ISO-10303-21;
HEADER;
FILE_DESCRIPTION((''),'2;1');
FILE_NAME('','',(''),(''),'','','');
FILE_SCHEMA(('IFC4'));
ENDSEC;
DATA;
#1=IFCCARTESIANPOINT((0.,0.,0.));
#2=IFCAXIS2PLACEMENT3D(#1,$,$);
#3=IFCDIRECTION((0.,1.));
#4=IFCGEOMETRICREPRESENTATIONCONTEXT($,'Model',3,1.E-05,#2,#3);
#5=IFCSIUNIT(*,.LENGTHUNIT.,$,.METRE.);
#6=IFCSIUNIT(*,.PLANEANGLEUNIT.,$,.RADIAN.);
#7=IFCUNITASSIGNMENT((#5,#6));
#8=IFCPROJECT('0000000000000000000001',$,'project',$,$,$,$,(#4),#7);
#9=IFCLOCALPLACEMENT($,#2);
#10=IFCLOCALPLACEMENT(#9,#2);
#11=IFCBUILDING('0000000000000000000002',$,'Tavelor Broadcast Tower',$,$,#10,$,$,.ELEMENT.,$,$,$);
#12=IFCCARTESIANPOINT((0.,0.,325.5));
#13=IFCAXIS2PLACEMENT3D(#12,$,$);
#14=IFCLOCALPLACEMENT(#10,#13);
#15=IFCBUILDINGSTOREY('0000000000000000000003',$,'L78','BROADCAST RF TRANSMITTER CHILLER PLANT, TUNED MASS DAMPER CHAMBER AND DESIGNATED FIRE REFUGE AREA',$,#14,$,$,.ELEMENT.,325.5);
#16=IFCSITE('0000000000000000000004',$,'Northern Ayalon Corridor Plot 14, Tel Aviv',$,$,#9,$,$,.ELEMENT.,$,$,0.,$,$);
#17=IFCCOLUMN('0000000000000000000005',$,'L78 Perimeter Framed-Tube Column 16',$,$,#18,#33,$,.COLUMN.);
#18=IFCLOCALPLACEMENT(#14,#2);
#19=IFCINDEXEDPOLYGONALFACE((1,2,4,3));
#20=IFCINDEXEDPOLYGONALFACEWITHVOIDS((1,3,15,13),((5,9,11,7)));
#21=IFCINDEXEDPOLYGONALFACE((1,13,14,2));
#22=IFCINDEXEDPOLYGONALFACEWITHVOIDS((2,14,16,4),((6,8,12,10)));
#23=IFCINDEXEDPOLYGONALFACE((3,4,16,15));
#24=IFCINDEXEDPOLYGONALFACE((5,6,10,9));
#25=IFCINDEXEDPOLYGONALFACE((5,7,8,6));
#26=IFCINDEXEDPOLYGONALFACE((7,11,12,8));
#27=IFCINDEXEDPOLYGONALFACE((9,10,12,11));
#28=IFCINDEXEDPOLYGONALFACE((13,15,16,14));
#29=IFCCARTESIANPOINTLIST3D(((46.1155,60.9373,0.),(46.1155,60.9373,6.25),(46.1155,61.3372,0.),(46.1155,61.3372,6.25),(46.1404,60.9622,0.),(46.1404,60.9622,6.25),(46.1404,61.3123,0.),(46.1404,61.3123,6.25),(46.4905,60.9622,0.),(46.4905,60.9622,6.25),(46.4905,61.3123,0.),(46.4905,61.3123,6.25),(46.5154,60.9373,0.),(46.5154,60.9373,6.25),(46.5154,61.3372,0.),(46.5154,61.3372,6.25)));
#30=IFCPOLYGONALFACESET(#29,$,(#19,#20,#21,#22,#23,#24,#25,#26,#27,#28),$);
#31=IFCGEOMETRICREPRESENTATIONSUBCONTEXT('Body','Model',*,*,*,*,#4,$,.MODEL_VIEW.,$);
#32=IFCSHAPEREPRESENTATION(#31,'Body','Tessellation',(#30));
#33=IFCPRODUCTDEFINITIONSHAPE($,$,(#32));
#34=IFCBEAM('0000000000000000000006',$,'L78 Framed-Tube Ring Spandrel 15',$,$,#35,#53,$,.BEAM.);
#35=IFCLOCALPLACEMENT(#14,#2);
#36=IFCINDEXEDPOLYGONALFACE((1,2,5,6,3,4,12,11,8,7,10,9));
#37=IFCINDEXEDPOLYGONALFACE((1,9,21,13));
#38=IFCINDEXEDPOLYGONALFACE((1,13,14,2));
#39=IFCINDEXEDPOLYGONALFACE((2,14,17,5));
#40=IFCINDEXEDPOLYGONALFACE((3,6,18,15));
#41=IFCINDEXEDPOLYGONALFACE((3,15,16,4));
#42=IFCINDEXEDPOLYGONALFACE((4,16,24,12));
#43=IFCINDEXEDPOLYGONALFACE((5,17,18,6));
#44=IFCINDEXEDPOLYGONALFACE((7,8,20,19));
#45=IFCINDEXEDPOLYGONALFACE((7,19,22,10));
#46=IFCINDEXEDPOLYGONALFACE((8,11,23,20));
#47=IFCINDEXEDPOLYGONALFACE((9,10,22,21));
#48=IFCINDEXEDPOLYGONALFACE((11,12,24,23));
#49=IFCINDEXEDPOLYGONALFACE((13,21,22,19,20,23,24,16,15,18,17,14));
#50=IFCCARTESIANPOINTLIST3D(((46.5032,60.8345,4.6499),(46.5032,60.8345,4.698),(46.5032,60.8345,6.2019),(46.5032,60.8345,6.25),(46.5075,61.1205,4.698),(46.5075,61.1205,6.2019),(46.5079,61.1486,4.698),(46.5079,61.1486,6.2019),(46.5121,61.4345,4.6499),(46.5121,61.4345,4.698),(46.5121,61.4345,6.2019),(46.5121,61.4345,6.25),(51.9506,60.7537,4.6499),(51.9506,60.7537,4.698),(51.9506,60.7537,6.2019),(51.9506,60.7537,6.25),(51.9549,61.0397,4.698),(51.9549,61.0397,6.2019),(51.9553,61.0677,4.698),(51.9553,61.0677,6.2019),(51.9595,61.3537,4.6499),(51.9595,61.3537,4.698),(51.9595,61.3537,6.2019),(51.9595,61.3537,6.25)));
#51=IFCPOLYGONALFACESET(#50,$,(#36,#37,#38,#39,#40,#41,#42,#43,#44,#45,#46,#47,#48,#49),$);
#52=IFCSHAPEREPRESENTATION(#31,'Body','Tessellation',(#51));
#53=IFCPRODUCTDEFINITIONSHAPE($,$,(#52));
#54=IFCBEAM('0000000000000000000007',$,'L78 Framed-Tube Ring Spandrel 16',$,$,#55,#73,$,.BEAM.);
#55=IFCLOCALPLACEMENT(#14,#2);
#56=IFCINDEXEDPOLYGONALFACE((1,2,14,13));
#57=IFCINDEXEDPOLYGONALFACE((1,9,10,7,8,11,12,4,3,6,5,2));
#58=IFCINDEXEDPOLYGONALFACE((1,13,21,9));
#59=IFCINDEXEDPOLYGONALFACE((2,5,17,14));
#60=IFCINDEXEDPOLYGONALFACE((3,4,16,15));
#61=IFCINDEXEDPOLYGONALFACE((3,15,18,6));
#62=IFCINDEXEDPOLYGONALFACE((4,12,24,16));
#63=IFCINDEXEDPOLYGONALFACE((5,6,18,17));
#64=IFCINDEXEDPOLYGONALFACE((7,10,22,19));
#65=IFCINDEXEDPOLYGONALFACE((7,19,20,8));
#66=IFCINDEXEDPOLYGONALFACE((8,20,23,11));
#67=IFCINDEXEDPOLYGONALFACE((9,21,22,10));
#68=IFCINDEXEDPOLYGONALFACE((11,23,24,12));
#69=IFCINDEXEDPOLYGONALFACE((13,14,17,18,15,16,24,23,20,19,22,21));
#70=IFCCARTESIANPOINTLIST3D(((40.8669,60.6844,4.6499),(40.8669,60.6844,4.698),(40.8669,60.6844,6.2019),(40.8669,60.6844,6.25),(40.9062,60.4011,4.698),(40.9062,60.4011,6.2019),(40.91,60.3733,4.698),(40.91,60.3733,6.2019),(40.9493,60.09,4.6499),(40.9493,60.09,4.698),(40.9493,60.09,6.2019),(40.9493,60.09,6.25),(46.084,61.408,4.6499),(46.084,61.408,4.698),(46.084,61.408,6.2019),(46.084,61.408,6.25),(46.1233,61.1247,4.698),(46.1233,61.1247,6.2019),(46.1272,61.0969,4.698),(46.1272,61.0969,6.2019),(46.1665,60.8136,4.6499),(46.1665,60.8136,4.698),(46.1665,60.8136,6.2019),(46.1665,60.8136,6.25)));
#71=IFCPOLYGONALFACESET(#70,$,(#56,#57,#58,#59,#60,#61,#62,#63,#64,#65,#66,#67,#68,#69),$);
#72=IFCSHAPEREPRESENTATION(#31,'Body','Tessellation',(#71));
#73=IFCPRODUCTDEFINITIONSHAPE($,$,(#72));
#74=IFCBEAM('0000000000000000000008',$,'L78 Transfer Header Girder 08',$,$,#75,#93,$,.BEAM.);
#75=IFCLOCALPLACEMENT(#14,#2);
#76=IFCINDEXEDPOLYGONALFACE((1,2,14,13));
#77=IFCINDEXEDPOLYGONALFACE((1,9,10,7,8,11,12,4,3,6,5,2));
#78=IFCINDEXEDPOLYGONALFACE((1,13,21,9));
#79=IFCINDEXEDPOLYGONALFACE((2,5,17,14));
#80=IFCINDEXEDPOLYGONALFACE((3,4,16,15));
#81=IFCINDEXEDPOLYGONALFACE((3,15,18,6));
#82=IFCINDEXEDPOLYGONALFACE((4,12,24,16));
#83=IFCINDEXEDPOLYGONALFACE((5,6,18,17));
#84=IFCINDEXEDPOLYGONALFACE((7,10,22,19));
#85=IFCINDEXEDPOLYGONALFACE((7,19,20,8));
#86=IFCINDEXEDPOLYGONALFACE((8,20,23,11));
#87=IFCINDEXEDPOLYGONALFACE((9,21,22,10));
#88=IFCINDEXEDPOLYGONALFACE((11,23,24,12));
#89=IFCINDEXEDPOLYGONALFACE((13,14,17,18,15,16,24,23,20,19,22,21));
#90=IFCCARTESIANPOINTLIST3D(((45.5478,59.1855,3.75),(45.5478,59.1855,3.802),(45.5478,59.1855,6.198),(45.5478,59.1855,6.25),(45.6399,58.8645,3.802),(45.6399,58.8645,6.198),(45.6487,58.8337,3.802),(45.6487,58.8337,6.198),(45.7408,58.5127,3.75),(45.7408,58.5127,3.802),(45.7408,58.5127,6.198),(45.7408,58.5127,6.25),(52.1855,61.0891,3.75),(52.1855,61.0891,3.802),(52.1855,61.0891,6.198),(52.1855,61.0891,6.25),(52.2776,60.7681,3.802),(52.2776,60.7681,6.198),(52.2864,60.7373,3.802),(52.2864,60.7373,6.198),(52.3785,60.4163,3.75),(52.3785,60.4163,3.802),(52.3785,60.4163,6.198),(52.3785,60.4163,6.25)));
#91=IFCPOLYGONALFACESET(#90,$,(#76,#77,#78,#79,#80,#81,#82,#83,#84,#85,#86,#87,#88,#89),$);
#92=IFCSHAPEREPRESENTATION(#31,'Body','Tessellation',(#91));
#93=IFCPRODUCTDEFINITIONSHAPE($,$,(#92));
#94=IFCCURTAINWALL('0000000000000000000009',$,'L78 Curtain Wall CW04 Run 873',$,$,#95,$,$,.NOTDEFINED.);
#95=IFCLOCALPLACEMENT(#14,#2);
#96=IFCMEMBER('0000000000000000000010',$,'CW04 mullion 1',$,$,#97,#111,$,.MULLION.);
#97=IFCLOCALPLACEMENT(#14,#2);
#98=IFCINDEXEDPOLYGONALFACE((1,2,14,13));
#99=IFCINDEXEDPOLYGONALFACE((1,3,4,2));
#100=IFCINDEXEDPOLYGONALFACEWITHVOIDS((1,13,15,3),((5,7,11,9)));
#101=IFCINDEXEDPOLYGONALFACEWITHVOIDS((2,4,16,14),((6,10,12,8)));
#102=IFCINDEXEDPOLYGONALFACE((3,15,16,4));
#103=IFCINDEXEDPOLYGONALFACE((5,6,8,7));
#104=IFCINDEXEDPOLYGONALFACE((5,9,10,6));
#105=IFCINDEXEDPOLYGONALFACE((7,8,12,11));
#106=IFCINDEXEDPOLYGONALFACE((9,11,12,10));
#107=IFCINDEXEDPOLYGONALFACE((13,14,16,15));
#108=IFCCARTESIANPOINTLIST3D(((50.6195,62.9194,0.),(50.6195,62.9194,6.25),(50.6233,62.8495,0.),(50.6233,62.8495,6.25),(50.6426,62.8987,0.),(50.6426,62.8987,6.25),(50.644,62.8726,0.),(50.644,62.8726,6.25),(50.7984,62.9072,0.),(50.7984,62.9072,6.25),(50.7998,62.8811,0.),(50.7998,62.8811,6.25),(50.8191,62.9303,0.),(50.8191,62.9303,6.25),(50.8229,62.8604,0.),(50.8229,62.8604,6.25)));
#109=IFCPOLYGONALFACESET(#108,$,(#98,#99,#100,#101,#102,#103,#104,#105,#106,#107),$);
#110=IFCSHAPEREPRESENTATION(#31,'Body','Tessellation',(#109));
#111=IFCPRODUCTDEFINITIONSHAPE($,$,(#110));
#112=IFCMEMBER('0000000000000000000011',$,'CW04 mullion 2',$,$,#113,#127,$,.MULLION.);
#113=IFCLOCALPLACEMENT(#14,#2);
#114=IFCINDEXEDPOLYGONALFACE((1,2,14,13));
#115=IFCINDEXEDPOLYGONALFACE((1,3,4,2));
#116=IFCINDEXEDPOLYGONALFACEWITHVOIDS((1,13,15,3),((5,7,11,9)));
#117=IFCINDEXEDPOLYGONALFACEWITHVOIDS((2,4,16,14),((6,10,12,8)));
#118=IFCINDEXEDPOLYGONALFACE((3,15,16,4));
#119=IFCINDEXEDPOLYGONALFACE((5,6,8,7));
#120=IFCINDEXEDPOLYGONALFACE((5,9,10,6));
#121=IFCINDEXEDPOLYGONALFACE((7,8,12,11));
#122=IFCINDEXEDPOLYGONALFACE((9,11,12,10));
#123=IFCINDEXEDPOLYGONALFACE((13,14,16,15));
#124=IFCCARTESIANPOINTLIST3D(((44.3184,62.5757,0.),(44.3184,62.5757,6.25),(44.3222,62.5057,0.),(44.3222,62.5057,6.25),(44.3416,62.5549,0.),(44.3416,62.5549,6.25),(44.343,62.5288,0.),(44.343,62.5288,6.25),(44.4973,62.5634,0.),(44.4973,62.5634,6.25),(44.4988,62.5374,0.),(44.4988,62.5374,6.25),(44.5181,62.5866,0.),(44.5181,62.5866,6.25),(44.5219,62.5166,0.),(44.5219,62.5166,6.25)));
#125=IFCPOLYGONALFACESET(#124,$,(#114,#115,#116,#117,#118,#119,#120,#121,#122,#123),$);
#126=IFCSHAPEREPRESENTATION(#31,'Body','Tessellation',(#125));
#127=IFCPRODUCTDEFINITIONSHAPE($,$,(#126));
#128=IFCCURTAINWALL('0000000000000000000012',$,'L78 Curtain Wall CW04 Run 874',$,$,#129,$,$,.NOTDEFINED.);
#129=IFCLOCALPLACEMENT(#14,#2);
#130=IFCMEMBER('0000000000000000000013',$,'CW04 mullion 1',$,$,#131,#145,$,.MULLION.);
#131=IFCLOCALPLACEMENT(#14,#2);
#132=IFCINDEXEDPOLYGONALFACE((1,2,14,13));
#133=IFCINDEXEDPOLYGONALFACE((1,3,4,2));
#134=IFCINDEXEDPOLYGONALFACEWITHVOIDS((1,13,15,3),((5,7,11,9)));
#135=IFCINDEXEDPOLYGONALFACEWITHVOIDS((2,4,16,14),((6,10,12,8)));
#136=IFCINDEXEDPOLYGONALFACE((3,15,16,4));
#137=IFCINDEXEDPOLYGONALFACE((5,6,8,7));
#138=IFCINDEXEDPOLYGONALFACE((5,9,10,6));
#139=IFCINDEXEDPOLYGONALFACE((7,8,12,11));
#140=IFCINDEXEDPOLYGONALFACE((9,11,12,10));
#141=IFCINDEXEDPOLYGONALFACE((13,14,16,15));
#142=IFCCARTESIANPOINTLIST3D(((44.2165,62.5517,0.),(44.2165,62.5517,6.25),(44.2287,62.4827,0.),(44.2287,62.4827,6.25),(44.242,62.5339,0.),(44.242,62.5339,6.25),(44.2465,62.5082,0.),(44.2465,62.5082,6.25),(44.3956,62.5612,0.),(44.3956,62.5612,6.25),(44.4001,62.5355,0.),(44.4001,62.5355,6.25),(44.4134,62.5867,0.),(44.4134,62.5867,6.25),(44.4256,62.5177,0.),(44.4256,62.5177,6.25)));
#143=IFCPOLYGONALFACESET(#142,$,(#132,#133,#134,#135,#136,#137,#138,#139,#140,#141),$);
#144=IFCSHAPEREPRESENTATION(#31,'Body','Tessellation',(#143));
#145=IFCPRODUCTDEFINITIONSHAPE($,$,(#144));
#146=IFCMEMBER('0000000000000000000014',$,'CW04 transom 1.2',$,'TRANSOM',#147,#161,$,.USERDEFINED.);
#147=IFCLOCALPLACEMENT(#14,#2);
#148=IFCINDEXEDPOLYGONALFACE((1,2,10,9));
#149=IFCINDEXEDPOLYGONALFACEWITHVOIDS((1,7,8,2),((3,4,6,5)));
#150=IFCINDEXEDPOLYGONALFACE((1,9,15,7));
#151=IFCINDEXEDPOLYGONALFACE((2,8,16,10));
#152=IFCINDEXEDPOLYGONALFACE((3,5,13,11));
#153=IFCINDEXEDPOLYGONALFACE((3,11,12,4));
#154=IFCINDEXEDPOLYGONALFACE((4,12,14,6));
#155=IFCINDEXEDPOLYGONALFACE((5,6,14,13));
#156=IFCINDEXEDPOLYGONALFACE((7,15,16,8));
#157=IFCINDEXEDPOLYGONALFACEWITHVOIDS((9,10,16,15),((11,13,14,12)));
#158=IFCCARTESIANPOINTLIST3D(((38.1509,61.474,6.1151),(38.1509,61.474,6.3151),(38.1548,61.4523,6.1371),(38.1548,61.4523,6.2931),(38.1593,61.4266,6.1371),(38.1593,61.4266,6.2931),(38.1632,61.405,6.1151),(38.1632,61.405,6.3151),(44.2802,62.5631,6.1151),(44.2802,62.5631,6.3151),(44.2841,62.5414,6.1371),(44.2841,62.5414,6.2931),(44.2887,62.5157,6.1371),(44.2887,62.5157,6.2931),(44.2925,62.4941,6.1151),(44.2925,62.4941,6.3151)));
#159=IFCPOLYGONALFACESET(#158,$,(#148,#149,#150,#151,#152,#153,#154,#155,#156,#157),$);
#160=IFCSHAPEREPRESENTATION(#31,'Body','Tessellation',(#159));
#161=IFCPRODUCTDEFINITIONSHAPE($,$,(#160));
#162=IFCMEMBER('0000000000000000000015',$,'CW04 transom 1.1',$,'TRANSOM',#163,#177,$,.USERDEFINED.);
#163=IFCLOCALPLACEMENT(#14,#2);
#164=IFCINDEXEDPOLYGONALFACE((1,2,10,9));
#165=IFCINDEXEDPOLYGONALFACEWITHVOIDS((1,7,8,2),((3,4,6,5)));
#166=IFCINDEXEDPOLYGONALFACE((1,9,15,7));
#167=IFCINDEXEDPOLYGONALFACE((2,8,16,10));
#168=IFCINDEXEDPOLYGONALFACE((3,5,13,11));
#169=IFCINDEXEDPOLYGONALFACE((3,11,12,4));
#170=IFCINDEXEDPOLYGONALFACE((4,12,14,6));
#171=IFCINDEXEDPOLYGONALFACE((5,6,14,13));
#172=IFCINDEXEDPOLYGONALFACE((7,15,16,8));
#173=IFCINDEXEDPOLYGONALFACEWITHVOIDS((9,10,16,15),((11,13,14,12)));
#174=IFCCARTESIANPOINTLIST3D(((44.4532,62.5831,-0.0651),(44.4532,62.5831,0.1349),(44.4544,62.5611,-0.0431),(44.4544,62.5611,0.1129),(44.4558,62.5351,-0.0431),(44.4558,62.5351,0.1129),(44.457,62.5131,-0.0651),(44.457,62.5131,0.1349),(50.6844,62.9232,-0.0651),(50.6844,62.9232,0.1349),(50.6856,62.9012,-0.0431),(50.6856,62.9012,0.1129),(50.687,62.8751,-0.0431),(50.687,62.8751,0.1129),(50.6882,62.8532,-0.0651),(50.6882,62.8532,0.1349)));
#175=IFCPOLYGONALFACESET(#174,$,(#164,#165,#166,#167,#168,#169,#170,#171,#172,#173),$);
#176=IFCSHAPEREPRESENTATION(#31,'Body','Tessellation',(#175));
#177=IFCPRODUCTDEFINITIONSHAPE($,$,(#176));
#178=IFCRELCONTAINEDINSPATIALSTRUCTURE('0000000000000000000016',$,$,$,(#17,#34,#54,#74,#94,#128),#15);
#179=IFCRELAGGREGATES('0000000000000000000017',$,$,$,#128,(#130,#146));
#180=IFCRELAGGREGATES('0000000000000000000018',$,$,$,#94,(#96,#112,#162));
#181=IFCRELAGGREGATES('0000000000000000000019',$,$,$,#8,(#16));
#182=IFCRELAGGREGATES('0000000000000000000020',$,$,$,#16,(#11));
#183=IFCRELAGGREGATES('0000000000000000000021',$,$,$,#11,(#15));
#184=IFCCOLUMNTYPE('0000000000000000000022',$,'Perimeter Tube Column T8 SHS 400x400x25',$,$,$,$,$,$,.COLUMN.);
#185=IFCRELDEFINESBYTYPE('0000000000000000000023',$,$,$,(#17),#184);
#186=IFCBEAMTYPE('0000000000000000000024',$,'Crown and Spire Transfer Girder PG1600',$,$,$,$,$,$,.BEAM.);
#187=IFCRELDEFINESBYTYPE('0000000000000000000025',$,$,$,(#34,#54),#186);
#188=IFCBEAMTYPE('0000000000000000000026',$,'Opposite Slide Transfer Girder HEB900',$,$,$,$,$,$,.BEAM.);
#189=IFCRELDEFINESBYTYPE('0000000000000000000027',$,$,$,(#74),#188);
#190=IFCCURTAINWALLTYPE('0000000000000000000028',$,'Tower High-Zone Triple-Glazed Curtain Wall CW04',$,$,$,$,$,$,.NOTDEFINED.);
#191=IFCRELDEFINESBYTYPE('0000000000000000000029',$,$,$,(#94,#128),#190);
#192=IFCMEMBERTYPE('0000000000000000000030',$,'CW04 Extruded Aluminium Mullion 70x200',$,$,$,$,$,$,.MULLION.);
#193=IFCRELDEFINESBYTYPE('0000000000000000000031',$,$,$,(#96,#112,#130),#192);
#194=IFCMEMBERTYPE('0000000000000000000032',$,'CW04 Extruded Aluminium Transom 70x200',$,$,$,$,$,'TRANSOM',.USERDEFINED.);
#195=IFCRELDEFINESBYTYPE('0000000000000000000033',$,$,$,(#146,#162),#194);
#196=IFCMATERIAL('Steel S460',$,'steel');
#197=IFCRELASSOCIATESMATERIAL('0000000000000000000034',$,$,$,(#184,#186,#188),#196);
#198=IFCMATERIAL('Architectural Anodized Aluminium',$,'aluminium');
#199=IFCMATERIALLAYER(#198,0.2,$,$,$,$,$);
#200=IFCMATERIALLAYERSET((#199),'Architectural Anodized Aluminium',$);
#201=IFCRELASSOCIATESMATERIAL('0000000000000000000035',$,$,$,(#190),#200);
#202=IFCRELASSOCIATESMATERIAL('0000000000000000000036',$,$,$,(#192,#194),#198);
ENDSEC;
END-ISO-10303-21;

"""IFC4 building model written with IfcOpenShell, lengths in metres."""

from ifc_helpers import new_model, si_unit, direction, frame, origin, origin_2d, place, context, subcontext, project, spatial, hollow_rectangle, i_section, extrude, source, transform, mapped, material, layer, layer_set, material_profile, profile_set, type_object, type_shapes, element, aggregate, save


model = new_model("IFC4")

# Units and contexts
model_context = context("Model", 3, precision=1e-05, world=origin(), true_north=direction((0.0, 1.0)))
body_context = subcontext(model_context, "Body", "Model", "MODEL_VIEW")
ifc_project = project(units=[si_unit("LENGTHUNIT", "METRE"), si_unit("PLANEANGLEUNIT", "RADIAN")], contexts=[model_context])

# Site, building, storey
site_placement = place(None, origin())
site = spatial("IfcSite", under=ifc_project, at=site_placement, Name="Northern Ayalon Corridor Plot 14, Tel Aviv", CompositionType="ELEMENT", RefElevation=0.0)
building_placement = place(site_placement, origin())
building = spatial("IfcBuilding", under=site, at=building_placement, Name="Tavelor Broadcast Tower", CompositionType="ELEMENT")
storey_placement = place(building_placement, frame((0.0, 0.0, 325.5)))
storey = spatial("IfcBuildingStorey", under=building, at=storey_placement, Name="L78", Description="BROADCAST RF TRANSMITTER CHILLER PLANT, TUNED MASS DAMPER CHAMBER AND DESIGNATED FIRE REFUGE AREA", CompositionType="ELEMENT", Elevation=325.5)

# Column
ifc_material_1 = material(Name="Steel S460", Category="steel")
ifc_material_profile_1 = material_profile(ifc_material_1, hollow_rectangle(XDim=0.3999, YDim=0.3999, WallThickness=0.0249, at=origin_2d()), Name="SHS 400x400x25")
ifc_profile_set_1 = profile_set([ifc_material_profile_1], Name="Steel S460")
column_type = type_object("IfcColumnType", Name="Perimeter Tube Column T8 SHS 400x400x25", PredefinedType="COLUMN", material=ifc_profile_set_1)
column_placement = place(storey_placement, frame((46.3154, 61.1372, 0.0), z_axis=(0.0, 0.0, 1.0), x_axis=(1.0, 0.0, 0.0)))
element("IfcColumn", 1, at=column_placement, inside=storey, type_object=column_type, Name="L78 Perimeter Framed-Tube Column 16", PredefinedType="COLUMN", context=body_context, shape_type="SweptSolid", body=[
    extrude(hollow_rectangle(XDim=0.3999, YDim=0.3999, WallThickness=0.0249, at=origin_2d()), origin(), (0.0, 0.0, 1.0), 6.25),
])

# Beams
ifc_material_profile_2 = material_profile(ifc_material_1, i_section(OverallWidth=0.6001, OverallDepth=1.6001, WebThickness=0.0281, FlangeThickness=0.0481, at=origin_2d()), Name="PG 1600x600")
ifc_profile_set_2 = profile_set([ifc_material_profile_2], Name="Steel S460")
beam_type_1 = type_object("IfcBeamType", Name="Crown and Spire Transfer Girder PG1600", PredefinedType="BEAM", material=ifc_profile_set_2)
beam_1_placement = place(storey_placement, frame((51.9551, 61.0537, 5.45), z_axis=(-0.99989, 0.014833, 0.0), x_axis=(-0.014833, -0.99989, 0.0)))
element("IfcBeam", 2, at=beam_1_placement, inside=storey, type_object=beam_type_1, Name="L78 Framed-Tube Ring Spandrel 15", PredefinedType="BEAM", context=body_context, shape_type="SweptSolid", body=[
    extrude(i_section(OverallWidth=0.6001, OverallDepth=1.6001, WebThickness=0.0281, FlangeThickness=0.0481, at=origin_2d()), origin(), (0.0, 0.0, 1.0), 5.448),
])
beam_2_placement = place(storey_placement, frame((46.1252, 61.1108, 5.45), z_axis=(-0.990517, -0.13739, 0.0), x_axis=(0.13739, -0.990517, 0.0)))
element("IfcBeam", 3, at=beam_2_placement, inside=storey, type_object=beam_type_1, Name="L78 Framed-Tube Ring Spandrel 16", PredefinedType="BEAM", context=body_context, shape_type="SweptSolid", body=[
    extrude(i_section(OverallWidth=0.6001, OverallDepth=1.6001, WebThickness=0.0281, FlangeThickness=0.0481, at=origin_2d()), origin(), (0.0, 0.0, 1.0), 5.2671),
])
ifc_material_profile_3 = material_profile(ifc_material_1, i_section(OverallWidth=0.7, OverallDepth=2.5, WebThickness=0.032, FlangeThickness=0.052, at=origin_2d()), Name="PG 2500x700")
ifc_profile_set_3 = profile_set([ifc_material_profile_3], Name="Steel S460")
beam_type_2 = type_object("IfcBeamType", Name="Opposite Slide Transfer Girder HEB900", PredefinedType="BEAM", material=ifc_profile_set_3)
beam_3_placement = place(storey_placement, frame((45.6443, 58.8491, 5.0), z_axis=(0.961253, 0.275669, 0.0), x_axis=(-0.275669, 0.961253, 0.0)))
element("IfcBeam", 4, at=beam_3_placement, inside=storey, type_object=beam_type_2, Name="L78 Transfer Header Girder 08", PredefinedType="BEAM", context=body_context, shape_type="SweptSolid", body=[
    extrude(i_section(OverallWidth=0.7, OverallDepth=2.5, WebThickness=0.032, FlangeThickness=0.052, at=origin_2d()), origin(), (0.0, 0.0, 1.0), 6.9053),
])

# Curtain walls, members
ifc_material_2 = material(Name="Architectural Anodized Aluminium", Category="aluminium")
ifc_layer_1 = layer(ifc_material_2, 0.2)
ifc_layer_set_1 = layer_set([ifc_layer_1], Name="Architectural Anodized Aluminium")
curtain_wall_type = type_object("IfcCurtainWallType", Name="Tower High-Zone Triple-Glazed Curtain Wall CW04", PredefinedType="NOTDEFINED", material=ifc_layer_set_1)
curtain_wall_1_placement = place(storey_placement, origin())
curtain_wall_1 = element("IfcCurtainWall", 5, at=curtain_wall_1_placement, inside=storey, type_object=curtain_wall_type, Name="L78 Curtain Wall CW04 Run 873", PredefinedType="NOTDEFINED")
ifc_material_profile_4 = material_profile(ifc_material_2, hollow_rectangle(XDim=0.0701, YDim=0.2, WallThickness=0.022, at=origin_2d()), Name="RHS 70x200x22")
ifc_profile_set_4 = profile_set([ifc_material_profile_4], Name="Architectural Anodized Aluminium")
member_type_1 = type_object("IfcMemberType", Name="CW04 Extruded Aluminium Mullion 70x200", PredefinedType="MULLION", material=ifc_profile_set_4)
shared_shape_1 = source(origin(), body_context, "Body", "SweptSolid", [
    extrude(hollow_rectangle(XDim=0.0701, YDim=0.2, WallThickness=0.022, at=origin_2d()), origin(), (0.0, 0.0, 1.0), 6.25),
])
type_shapes(member_type_1, [shared_shape_1])
member_1_placement = place(storey_placement, frame((50.7212, 62.8899, 0.0), z_axis=(0.0, 0.0, 1.0), x_axis=(0.054494, -0.998514, 0.0)))
member_1 = element("IfcMember", 6, at=member_1_placement, type_object=member_type_1, Name="CW04 mullion 1", PredefinedType="MULLION", context=body_context, shape_type="MappedRepresentation", body=[
    mapped(shared_shape_1, transform((0.0, 0.0, 0.0), scale=1.0)),
])
member_2_placement = place(storey_placement, frame((44.4202, 62.5461, 0.0), z_axis=(0.0, 0.0, 1.0), x_axis=(0.054494, -0.998514, 0.0)))
member_2 = element("IfcMember", 7, at=member_2_placement, type_object=member_type_1, Name="CW04 mullion 2", PredefinedType="MULLION", context=body_context, shape_type="MappedRepresentation", body=[
    mapped(shared_shape_1, transform((0.0, 0.0, 0.0), scale=1.0)),
])
curtain_wall_2_placement = place(storey_placement, origin())
curtain_wall_2 = element("IfcCurtainWall", 8, at=curtain_wall_2_placement, inside=storey, type_object=curtain_wall_type, Name="L78 Curtain Wall CW04 Run 874", PredefinedType="NOTDEFINED")
member_3_placement = place(storey_placement, frame((44.321, 62.5347, 0.0), z_axis=(0.0, 0.0, 1.0), x_axis=(0.174926, -0.984582, 0.0)))
member_3 = element("IfcMember", 9, at=member_3_placement, type_object=member_type_1, Name="CW04 mullion 1", PredefinedType="MULLION", context=body_context, shape_type="MappedRepresentation", body=[
    mapped(shared_shape_1, transform((0.0, 0.0, 0.0), scale=1.0)),
])
ifc_material_profile_5 = material_profile(ifc_material_2, hollow_rectangle(XDim=0.0701, YDim=0.2, WallThickness=0.022, at=origin_2d()), Name="RHS 70x200x22")
ifc_profile_set_5 = profile_set([ifc_material_profile_5], Name="Architectural Anodized Aluminium")
member_type_2 = type_object("IfcMemberType", Name="CW04 Extruded Aluminium Transom 70x200", ElementType="TRANSOM", PredefinedType="USERDEFINED", material=ifc_profile_set_5)
shared_shape_2 = source(origin(), body_context, "Body", "SweptSolid", [
    extrude(hollow_rectangle(XDim=0.0701, YDim=0.2, WallThickness=0.022, at=origin_2d()), origin(), (0.0, 0.0, 1.0), 6.2253),
])
member_4_placement = place(storey_placement, frame((44.2864, 62.5286, 6.2151), z_axis=(-0.984578, -0.174946, 0.0), x_axis=(0.174946, -0.984578, 0.0)))
member_4 = element("IfcMember", 10, at=member_4_placement, type_object=member_type_2, Name="CW04 transom 1.2", ObjectType="TRANSOM", PredefinedType="USERDEFINED", context=body_context, shape_type="MappedRepresentation", body=[
    mapped(shared_shape_2, transform((0.0, 0.0, 0.0), scale=1.0)),
])
aggregate(curtain_wall_2, [member_3, member_4])

# Member
shared_shape_3 = source(origin(), body_context, "Body", "SweptSolid", [
    extrude(hollow_rectangle(XDim=0.0701, YDim=0.2, WallThickness=0.022, at=origin_2d()), origin(), (0.0, 0.0, 1.0), 6.2405),
])
type_shapes(member_type_2, [shared_shape_2, shared_shape_3])
member_5_placement = place(storey_placement, frame((50.6863, 62.8882, 0.0349), z_axis=(-0.998514, -0.054497, 0.0), x_axis=(0.054497, -0.998514, 0.0)))
member_5 = element("IfcMember", 11, at=member_5_placement, type_object=member_type_2, Name="CW04 transom 1.1", ObjectType="TRANSOM", PredefinedType="USERDEFINED", context=body_context, shape_type="MappedRepresentation", body=[
    mapped(shared_shape_3, transform((0.0, 0.0, 0.0), scale=1.0)),
])

aggregate(curtain_wall_1, [member_1, member_2, member_5])

save(model, "model.ifc")
